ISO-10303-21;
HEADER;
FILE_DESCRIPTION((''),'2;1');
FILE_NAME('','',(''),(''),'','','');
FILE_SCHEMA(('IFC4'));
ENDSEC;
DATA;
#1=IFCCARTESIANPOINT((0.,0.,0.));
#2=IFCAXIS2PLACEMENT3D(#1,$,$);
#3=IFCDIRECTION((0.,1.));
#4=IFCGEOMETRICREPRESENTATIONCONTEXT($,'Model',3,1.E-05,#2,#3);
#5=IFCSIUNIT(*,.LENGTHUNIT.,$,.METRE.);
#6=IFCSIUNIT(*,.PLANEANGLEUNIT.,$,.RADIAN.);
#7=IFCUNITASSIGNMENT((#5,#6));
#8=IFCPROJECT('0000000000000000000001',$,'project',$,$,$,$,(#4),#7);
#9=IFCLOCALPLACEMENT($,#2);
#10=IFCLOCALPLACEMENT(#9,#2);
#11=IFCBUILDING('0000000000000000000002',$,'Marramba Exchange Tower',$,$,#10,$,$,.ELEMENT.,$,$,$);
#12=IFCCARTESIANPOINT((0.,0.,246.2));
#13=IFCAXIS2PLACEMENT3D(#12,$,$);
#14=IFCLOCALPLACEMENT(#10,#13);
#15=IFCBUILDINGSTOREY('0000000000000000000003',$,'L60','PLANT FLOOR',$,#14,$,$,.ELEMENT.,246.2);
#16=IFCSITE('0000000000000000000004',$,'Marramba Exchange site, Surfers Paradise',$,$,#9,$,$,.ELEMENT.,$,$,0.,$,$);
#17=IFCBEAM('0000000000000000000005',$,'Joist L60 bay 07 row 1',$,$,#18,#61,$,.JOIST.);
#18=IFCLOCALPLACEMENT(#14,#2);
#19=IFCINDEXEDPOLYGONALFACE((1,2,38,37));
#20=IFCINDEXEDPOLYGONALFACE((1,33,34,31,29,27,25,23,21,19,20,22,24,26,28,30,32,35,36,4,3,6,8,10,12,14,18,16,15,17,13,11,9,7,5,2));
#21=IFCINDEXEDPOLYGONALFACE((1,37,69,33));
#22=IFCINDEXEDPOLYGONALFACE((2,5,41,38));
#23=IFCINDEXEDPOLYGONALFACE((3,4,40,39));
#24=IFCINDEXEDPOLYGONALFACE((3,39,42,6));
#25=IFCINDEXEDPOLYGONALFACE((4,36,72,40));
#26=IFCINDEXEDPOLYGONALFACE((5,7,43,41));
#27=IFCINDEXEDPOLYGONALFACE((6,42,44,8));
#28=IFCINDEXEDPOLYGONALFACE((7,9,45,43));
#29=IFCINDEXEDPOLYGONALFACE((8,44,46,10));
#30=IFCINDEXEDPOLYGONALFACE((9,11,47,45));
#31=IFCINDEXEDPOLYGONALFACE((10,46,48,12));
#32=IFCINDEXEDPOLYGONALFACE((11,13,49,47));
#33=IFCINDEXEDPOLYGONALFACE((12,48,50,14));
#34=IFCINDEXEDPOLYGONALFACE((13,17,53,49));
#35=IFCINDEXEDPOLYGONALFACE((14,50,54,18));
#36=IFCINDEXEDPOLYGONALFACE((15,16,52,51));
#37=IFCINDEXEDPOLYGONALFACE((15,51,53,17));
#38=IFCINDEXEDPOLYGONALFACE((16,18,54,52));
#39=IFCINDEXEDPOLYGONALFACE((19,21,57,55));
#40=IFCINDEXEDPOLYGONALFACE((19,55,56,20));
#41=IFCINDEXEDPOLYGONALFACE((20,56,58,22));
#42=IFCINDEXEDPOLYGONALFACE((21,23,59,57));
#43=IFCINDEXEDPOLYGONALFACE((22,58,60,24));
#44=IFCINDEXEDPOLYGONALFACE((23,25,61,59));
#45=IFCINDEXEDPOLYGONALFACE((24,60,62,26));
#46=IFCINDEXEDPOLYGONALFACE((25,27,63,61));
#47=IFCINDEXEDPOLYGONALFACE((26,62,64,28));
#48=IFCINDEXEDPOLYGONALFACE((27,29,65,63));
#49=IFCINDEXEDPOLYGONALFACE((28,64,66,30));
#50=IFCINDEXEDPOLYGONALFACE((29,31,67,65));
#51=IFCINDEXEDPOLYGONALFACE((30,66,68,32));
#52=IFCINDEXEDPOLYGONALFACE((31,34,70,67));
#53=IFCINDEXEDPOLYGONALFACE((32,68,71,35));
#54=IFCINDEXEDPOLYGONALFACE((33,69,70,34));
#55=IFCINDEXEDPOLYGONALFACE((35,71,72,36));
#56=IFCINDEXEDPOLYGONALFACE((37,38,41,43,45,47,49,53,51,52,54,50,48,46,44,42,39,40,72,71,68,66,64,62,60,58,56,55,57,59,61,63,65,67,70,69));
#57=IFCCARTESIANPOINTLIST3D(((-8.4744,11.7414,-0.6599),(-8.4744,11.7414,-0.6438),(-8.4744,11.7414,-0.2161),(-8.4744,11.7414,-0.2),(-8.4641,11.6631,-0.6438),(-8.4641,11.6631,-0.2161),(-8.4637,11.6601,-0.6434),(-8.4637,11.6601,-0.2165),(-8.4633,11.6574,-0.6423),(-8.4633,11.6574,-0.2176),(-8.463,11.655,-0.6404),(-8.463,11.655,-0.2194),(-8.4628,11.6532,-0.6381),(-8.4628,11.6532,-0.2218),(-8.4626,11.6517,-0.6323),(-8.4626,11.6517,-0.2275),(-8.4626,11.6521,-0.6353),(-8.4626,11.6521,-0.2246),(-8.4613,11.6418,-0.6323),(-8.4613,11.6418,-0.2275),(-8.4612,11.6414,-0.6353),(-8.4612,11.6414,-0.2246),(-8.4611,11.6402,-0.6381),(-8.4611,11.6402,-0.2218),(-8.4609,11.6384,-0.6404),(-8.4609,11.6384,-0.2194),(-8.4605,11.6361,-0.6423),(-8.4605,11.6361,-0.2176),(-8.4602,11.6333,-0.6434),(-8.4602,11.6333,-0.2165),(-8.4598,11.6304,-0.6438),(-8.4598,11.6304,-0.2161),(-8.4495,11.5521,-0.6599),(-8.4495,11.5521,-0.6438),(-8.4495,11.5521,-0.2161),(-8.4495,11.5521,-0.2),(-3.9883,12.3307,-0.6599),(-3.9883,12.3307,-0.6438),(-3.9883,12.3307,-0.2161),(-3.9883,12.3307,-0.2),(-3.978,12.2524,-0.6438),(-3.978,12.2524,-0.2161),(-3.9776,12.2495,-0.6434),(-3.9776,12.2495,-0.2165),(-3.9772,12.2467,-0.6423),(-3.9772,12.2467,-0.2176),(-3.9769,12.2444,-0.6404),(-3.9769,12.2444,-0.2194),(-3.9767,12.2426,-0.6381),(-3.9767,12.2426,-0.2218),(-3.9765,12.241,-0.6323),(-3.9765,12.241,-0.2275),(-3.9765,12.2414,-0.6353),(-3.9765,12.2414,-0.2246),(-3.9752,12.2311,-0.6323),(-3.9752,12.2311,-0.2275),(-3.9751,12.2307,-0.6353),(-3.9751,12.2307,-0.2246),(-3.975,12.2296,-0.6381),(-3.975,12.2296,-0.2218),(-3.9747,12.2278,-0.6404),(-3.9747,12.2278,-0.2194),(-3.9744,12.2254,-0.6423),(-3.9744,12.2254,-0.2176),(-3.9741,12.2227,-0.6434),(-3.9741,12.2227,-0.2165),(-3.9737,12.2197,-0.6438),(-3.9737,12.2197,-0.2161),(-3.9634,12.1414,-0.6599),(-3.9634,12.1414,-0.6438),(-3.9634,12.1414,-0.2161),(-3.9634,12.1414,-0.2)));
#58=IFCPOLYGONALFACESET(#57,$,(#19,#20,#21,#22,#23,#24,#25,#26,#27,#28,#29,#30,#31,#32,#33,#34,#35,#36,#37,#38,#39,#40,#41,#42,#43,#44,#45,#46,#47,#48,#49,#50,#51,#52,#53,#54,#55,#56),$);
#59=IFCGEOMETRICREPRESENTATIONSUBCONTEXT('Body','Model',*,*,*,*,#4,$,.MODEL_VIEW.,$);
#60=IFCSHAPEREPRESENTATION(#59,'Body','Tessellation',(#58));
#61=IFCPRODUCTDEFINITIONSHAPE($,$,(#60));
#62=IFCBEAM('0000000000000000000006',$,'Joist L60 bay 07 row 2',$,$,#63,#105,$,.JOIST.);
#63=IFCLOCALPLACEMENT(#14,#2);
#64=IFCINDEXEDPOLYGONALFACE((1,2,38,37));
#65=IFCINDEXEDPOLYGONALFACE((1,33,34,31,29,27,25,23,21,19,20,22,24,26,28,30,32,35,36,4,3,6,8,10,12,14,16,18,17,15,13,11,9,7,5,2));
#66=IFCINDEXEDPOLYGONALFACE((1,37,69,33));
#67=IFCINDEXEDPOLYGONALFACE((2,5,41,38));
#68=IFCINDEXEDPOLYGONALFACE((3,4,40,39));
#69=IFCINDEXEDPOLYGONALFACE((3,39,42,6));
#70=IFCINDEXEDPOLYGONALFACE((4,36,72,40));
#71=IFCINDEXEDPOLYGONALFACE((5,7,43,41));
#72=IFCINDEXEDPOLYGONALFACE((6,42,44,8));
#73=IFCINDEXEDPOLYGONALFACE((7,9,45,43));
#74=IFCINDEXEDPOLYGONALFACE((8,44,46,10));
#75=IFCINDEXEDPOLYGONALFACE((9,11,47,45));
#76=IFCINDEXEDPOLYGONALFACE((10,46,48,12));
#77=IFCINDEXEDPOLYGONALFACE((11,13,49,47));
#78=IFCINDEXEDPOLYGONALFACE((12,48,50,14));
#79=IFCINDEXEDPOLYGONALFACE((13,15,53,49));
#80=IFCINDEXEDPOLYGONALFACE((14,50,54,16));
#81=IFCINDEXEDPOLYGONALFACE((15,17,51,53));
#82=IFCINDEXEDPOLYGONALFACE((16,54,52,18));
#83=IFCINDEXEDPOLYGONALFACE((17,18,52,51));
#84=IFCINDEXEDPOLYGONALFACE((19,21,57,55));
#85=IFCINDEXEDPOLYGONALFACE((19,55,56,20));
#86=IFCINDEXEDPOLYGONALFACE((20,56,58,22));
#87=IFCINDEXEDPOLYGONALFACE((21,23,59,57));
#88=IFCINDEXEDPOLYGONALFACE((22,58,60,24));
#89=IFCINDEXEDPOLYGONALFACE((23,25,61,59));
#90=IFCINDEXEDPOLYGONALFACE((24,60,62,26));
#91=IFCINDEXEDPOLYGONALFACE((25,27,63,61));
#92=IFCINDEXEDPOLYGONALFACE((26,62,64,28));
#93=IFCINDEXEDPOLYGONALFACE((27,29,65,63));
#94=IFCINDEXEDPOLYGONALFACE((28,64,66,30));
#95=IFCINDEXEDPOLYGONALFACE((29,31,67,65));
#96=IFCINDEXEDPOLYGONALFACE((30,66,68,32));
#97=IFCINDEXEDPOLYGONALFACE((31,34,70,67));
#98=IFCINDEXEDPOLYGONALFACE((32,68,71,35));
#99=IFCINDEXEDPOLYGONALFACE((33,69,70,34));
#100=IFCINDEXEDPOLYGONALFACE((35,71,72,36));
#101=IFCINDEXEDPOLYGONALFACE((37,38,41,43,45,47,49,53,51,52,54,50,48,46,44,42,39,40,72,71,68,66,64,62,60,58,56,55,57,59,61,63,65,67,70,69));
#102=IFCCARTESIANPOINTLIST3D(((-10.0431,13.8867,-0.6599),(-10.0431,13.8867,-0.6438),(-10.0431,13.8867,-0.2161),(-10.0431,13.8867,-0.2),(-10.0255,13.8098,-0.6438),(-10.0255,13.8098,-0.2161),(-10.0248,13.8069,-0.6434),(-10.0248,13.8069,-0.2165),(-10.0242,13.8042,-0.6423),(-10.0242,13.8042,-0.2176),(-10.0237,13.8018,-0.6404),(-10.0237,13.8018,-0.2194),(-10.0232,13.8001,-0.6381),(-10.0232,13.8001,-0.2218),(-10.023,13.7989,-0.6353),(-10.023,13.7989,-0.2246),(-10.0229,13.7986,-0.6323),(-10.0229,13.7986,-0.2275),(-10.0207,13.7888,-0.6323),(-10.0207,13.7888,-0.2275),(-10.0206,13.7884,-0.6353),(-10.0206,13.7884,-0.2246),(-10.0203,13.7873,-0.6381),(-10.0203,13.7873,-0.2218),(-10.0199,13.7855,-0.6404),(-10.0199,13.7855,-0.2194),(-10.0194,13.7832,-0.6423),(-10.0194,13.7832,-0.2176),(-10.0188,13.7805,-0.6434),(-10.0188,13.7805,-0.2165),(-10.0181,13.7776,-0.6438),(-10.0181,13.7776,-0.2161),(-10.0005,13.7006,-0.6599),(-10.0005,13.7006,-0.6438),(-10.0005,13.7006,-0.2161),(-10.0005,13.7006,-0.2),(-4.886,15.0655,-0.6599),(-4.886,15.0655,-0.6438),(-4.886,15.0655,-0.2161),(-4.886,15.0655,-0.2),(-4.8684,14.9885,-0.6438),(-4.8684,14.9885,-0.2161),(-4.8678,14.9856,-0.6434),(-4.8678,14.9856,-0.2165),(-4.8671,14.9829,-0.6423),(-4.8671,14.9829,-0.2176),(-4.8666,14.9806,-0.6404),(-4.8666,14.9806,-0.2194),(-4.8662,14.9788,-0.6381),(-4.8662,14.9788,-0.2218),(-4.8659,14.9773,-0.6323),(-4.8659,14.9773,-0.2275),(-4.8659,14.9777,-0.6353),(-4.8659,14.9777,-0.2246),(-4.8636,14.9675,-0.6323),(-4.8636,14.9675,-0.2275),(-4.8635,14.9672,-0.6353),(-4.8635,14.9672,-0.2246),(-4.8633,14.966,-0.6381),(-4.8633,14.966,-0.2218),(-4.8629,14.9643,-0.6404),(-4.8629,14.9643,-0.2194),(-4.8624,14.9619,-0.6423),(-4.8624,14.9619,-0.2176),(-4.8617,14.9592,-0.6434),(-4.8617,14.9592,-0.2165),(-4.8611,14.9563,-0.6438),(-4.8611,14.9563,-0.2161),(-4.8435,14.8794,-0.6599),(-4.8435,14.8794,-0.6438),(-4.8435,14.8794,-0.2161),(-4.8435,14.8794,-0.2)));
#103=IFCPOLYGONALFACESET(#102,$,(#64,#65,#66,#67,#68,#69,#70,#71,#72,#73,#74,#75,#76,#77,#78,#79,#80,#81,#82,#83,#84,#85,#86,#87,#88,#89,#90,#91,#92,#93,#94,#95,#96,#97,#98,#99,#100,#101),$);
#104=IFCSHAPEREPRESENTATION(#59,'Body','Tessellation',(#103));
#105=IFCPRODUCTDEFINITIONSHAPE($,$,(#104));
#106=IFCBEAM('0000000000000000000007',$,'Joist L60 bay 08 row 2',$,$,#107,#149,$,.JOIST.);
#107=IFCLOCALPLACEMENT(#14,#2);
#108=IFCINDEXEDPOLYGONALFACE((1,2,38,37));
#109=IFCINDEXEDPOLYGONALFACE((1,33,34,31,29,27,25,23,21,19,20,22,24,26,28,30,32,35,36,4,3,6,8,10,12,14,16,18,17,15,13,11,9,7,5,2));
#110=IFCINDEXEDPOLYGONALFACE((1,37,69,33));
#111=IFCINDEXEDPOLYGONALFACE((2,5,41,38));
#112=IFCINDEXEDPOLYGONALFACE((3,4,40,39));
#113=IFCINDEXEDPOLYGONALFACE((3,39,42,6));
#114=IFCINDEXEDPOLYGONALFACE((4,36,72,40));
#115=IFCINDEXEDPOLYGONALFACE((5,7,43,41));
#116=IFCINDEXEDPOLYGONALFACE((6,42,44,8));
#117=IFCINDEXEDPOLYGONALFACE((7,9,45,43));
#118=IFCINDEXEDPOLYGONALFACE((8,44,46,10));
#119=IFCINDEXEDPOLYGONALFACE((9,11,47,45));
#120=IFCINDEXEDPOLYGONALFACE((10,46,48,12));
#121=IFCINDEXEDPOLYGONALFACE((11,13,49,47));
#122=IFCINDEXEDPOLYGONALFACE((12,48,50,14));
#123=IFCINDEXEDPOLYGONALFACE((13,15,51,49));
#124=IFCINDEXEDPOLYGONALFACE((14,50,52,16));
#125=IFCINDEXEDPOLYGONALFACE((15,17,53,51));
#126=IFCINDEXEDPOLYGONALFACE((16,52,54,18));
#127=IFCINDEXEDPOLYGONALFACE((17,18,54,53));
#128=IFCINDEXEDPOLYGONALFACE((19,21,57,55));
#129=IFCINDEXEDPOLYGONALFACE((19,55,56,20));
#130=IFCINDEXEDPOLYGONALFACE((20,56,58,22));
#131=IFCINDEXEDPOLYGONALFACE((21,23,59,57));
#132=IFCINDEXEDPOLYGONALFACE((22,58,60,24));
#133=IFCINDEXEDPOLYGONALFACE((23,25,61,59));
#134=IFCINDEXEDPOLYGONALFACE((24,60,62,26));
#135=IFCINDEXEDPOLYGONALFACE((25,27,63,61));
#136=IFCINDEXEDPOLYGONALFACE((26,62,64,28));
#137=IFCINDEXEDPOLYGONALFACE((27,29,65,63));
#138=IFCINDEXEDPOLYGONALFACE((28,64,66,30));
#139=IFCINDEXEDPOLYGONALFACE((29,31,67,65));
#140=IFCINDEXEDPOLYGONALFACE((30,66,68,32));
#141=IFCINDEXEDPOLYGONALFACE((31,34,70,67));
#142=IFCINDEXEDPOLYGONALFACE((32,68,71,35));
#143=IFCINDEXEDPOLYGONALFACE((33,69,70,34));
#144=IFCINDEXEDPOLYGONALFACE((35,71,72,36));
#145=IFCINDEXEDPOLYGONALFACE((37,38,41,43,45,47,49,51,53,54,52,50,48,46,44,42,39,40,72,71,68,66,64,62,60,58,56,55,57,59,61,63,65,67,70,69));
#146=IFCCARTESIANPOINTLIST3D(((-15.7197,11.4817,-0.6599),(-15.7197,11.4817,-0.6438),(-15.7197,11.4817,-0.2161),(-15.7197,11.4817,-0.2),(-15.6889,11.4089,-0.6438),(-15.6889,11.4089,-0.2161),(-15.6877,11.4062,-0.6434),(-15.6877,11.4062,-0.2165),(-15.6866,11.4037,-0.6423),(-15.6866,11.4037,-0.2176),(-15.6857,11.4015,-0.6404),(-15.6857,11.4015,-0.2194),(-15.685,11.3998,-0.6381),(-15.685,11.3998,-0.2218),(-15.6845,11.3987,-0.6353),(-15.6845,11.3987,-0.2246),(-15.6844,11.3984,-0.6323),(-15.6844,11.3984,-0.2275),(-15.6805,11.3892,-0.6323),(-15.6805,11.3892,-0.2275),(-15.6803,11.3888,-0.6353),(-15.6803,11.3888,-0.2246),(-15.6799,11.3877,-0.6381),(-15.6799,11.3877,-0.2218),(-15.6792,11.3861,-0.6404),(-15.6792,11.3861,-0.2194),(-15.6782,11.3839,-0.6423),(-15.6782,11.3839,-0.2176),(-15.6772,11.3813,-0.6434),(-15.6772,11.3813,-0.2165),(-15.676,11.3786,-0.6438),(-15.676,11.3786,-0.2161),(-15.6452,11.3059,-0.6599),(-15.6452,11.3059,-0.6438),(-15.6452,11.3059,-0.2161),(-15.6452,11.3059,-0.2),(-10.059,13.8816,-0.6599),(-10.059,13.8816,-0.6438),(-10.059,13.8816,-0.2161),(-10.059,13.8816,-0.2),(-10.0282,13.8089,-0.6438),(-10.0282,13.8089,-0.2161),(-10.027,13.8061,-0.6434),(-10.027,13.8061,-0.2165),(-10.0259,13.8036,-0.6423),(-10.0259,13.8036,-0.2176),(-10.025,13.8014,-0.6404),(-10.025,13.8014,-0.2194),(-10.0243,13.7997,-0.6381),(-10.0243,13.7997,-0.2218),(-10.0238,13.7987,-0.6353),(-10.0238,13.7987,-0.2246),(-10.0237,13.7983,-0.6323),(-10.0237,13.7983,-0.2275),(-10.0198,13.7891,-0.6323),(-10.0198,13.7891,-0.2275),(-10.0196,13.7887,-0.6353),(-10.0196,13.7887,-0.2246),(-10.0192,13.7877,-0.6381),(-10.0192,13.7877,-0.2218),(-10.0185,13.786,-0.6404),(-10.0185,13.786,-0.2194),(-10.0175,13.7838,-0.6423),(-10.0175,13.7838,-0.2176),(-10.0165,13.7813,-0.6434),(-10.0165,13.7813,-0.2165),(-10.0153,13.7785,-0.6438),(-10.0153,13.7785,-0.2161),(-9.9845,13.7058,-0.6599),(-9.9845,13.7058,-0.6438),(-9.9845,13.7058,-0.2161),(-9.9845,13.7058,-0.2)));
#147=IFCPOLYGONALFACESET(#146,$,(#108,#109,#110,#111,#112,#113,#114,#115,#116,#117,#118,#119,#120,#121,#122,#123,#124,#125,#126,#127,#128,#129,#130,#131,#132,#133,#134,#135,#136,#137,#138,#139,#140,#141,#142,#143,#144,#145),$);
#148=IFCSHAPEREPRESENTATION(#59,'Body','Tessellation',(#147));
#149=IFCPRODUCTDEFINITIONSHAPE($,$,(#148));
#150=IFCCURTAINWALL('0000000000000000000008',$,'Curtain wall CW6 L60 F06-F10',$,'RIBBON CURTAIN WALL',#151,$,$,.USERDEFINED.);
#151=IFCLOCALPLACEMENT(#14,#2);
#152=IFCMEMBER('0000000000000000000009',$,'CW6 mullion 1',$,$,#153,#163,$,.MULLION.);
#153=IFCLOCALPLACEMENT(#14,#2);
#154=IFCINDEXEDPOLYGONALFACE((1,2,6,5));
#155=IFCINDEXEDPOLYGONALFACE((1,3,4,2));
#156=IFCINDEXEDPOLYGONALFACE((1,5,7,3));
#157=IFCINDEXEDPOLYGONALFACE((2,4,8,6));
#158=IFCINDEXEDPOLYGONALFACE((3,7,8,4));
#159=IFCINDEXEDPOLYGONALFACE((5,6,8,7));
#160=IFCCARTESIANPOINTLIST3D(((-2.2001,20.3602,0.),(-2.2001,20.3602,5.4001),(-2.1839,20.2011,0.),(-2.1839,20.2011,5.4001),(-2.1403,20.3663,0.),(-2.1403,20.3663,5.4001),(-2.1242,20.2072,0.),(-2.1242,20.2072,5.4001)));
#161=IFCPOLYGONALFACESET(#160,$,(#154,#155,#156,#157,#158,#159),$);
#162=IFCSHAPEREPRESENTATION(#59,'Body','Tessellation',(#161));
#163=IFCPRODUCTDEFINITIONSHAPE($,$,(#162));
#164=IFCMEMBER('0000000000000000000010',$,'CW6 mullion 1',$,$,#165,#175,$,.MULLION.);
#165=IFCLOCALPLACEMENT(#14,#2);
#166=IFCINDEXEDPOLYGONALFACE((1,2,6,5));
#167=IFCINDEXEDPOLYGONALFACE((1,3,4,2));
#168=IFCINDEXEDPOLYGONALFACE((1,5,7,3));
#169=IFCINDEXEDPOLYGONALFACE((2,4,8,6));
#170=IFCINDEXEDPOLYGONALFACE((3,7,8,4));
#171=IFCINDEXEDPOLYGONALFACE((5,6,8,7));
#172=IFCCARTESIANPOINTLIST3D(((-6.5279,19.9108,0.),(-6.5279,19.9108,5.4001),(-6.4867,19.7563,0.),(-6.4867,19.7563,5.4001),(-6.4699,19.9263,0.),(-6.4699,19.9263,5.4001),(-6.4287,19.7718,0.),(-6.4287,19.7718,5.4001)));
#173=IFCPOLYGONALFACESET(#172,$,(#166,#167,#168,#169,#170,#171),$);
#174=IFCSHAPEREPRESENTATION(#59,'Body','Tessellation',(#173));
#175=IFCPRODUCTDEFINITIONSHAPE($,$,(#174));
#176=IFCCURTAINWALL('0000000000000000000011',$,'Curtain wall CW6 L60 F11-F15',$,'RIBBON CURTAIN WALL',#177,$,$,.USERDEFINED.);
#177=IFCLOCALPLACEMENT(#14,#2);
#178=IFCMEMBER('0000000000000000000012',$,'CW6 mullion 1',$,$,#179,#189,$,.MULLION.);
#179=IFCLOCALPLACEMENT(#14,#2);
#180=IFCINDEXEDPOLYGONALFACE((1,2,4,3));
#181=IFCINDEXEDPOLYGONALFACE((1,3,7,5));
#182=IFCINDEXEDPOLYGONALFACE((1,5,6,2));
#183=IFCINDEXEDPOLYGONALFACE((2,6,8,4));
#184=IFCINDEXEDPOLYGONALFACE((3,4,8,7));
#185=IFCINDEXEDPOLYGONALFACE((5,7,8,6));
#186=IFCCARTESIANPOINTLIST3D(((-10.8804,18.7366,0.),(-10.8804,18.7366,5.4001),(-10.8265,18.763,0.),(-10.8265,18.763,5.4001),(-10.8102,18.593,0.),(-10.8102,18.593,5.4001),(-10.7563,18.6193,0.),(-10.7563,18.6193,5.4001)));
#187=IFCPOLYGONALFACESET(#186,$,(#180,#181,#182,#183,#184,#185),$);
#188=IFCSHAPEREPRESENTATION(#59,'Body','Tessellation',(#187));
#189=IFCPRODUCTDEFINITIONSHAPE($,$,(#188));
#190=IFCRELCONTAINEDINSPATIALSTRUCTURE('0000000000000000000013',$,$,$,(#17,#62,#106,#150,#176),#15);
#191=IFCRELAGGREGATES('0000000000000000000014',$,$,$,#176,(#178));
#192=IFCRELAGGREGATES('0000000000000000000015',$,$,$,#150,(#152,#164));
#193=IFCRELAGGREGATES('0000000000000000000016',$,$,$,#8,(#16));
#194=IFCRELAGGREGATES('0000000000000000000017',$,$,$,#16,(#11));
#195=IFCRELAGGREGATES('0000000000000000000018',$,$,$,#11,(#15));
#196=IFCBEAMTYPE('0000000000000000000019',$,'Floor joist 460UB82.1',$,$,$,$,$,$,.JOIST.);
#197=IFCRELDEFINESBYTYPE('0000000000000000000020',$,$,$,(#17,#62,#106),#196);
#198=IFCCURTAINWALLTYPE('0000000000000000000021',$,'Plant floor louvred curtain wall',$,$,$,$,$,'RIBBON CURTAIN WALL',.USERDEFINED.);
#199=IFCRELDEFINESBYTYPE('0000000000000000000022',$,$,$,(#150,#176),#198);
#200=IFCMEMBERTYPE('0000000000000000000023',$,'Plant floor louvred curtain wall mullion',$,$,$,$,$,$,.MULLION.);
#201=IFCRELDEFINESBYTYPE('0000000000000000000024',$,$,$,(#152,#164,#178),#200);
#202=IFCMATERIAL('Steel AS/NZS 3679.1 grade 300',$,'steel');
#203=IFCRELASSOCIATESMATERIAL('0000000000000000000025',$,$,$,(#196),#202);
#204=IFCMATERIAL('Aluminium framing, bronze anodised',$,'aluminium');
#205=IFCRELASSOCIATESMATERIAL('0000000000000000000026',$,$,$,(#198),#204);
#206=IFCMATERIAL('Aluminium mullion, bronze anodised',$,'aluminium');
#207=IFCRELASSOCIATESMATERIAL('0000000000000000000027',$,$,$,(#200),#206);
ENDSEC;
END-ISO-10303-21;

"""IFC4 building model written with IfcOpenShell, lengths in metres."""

from ifc_helpers import new_model, si_unit, direction, frame, origin, origin_2d, place, context, subcontext, project, spatial, rectangle, i_section, extrude, material, material_profile, profile_set, type_object, element, aggregate, save


model = new_model("IFC4")

# Units and contexts
model_context = context("Model", 3, precision=1e-05, world=origin(), true_north=direction((0.0, 1.0)))
body_context = subcontext(model_context, "Body", "Model", "MODEL_VIEW")
ifc_project = project(units=[si_unit("LENGTHUNIT", "METRE"), si_unit("PLANEANGLEUNIT", "RADIAN")], contexts=[model_context])

# Site, building, storey
site_placement = place(None, origin())
site = spatial("IfcSite", under=ifc_project, at=site_placement, Name="Marramba Exchange site, Surfers Paradise", CompositionType="ELEMENT", RefElevation=0.0)
building_placement = place(site_placement, origin())
building = spatial("IfcBuilding", under=site, at=building_placement, Name="Marramba Exchange Tower", CompositionType="ELEMENT")
storey_placement = place(building_placement, frame((0.0, 0.0, 246.2)))
storey = spatial("IfcBuildingStorey", under=building, at=storey_placement, Name="L60", Description="PLANT FLOOR", CompositionType="ELEMENT", Elevation=246.2)

# Beams
ifc_material_1 = material(Name="Steel AS/NZS 3679.1 grade 300", Category="steel")
ifc_material_profile_1 = material_profile(ifc_material_1, i_section(OverallWidth=0.1909, OverallDepth=0.46, WebThickness=0.01, FlangeThickness=0.0161, FilletRadius=0.0115, at=origin_2d()), Name="460UB82.1")
ifc_profile_set_1 = profile_set([ifc_material_profile_1], Name="Steel AS/NZS 3679.1 grade 300")
beam_type_1 = type_object("IfcBeamType", Name="Floor joist 460UB82.1", PredefinedType="JOIST", material=ifc_profile_set_1)
beam_1_placement = place(storey_placement, frame((-3.9758, 12.2361, -0.4299), z_axis=(-0.991481, -0.130255, 0.0), x_axis=(0.130255, -0.991481, 0.0)))
element("IfcBeam", 1, at=beam_1_placement, inside=storey, type_object=beam_type_1, Name="Joist L60 bay 07 row 1", PredefinedType="JOIST", context=body_context, shape_type="SweptSolid", body=[
    extrude(i_section(OverallWidth=0.1909, OverallDepth=0.46, WebThickness=0.01, FlangeThickness=0.0161, FilletRadius=0.0115, at=origin_2d()), origin(), (0.0, 0.0, 1.0), 4.5247),
])
beam_2_placement = place(storey_placement, frame((-4.8647, 14.9724, -0.4299), z_axis=(-0.97486, -0.22282, 0.0), x_axis=(0.22282, -0.97486, 0.0)))
element("IfcBeam", 2, at=beam_2_placement, inside=storey, type_object=beam_type_1, Name="Joist L60 bay 07 row 2", PredefinedType="JOIST", context=body_context, shape_type="SweptSolid", body=[
    extrude(i_section(OverallWidth=0.1909, OverallDepth=0.46, WebThickness=0.01, FlangeThickness=0.0161, FilletRadius=0.0115, at=origin_2d()), origin(), (0.0, 0.0, 1.0), 5.29),
])
beam_3_placement = place(storey_placement, frame((-10.0217, 13.7937, -0.4299), z_axis=(-0.920674, -0.390332, 0.0), x_axis=(0.390332, -0.920674, 0.0)))
element("IfcBeam", 3, at=beam_3_placement, inside=storey, type_object=beam_type_1, Name="Joist L60 bay 08 row 2", PredefinedType="JOIST", context=body_context, shape_type="SweptSolid", body=[
    extrude(i_section(OverallWidth=0.1909, OverallDepth=0.46, WebThickness=0.01, FlangeThickness=0.0161, FilletRadius=0.0115, at=origin_2d()), origin(), (0.0, 0.0, 1.0), 6.1484),
])

# Curtain wall, members
ifc_material_2 = material(Name="Aluminium framing, bronze anodised", Category="aluminium")
curtain_wall_type = type_object("IfcCurtainWallType", Name="Plant floor louvred curtain wall", ElementType="RIBBON CURTAIN WALL", PredefinedType="USERDEFINED", material=ifc_material_2)
curtain_wall_1_placement = place(storey_placement, origin())
curtain_wall_1 = element("IfcCurtainWall", 4, at=curtain_wall_1_placement, inside=storey, type_object=curtain_wall_type, Name="Curtain wall CW6 L60 F06-F10", ObjectType="RIBBON CURTAIN WALL", PredefinedType="USERDEFINED")
ifc_material_3 = material(Name="Aluminium mullion, bronze anodised", Category="aluminium")
ifc_material_profile_2 = material_profile(ifc_material_3, rectangle(XDim=0.1599, YDim=0.0601, at=origin_2d()), Name="CW6 mullion 60x160")
ifc_profile_set_2 = profile_set([ifc_material_profile_2], Name="Aluminium mullion, bronze anodised")
member_type_1 = type_object("IfcMemberType", Name="Plant floor louvred curtain wall mullion", PredefinedType="MULLION", material=ifc_profile_set_2)
member_1_placement = place(storey_placement, frame((-2.1621, 20.2837, 0.0), z_axis=(0.0, 0.0, 1.0), x_axis=(0.100863, -0.9949, 0.0)))
member_1 = element("IfcMember", 5, at=member_1_placement, type_object=member_type_1, Name="CW6 mullion 1", PredefinedType="MULLION", context=body_context, shape_type="SweptSolid", body=[
    extrude(rectangle(XDim=0.1599, YDim=0.0601, at=origin_2d()), origin(), (0.0, 0.0, 1.0), 5.4001),
])
member_2_placement = place(storey_placement, frame((-6.4783, 19.8413, 0.0), z_axis=(0.0, 0.0, 1.0), x_axis=(0.257641, -0.966241, 0.0)))
member_2 = element("IfcMember", 6, at=member_2_placement, type_object=member_type_1, Name="CW6 mullion 1", PredefinedType="MULLION", context=body_context, shape_type="SweptSolid", body=[
    extrude(rectangle(XDim=0.1599, YDim=0.0601, at=origin_2d()), origin(), (0.0, 0.0, 1.0), 5.4001),
])

# Curtain wall, member
curtain_wall_2_placement = place(storey_placement, origin())
curtain_wall_2 = element("IfcCurtainWall", 7, at=curtain_wall_2_placement, inside=storey, type_object=curtain_wall_type, Name="Curtain wall CW6 L60 F11-F15", ObjectType="RIBBON CURTAIN WALL", PredefinedType="USERDEFINED")
member_3_placement = place(storey_placement, frame((-10.8184, 18.678, 0.0), z_axis=(0.0, 0.0, 1.0), x_axis=(0.438972, -0.898501, 0.0)))
member_3 = element("IfcMember", 8, at=member_3_placement, type_object=member_type_1, Name="CW6 mullion 1", PredefinedType="MULLION", context=body_context, shape_type="SweptSolid", body=[
    extrude(rectangle(XDim=0.1599, YDim=0.0601, at=origin_2d()), origin(), (0.0, 0.0, 1.0), 5.4001),
])

aggregate(curtain_wall_2, [member_3])

aggregate(curtain_wall_1, [member_1, member_2])

save(model, "model.ifc")
